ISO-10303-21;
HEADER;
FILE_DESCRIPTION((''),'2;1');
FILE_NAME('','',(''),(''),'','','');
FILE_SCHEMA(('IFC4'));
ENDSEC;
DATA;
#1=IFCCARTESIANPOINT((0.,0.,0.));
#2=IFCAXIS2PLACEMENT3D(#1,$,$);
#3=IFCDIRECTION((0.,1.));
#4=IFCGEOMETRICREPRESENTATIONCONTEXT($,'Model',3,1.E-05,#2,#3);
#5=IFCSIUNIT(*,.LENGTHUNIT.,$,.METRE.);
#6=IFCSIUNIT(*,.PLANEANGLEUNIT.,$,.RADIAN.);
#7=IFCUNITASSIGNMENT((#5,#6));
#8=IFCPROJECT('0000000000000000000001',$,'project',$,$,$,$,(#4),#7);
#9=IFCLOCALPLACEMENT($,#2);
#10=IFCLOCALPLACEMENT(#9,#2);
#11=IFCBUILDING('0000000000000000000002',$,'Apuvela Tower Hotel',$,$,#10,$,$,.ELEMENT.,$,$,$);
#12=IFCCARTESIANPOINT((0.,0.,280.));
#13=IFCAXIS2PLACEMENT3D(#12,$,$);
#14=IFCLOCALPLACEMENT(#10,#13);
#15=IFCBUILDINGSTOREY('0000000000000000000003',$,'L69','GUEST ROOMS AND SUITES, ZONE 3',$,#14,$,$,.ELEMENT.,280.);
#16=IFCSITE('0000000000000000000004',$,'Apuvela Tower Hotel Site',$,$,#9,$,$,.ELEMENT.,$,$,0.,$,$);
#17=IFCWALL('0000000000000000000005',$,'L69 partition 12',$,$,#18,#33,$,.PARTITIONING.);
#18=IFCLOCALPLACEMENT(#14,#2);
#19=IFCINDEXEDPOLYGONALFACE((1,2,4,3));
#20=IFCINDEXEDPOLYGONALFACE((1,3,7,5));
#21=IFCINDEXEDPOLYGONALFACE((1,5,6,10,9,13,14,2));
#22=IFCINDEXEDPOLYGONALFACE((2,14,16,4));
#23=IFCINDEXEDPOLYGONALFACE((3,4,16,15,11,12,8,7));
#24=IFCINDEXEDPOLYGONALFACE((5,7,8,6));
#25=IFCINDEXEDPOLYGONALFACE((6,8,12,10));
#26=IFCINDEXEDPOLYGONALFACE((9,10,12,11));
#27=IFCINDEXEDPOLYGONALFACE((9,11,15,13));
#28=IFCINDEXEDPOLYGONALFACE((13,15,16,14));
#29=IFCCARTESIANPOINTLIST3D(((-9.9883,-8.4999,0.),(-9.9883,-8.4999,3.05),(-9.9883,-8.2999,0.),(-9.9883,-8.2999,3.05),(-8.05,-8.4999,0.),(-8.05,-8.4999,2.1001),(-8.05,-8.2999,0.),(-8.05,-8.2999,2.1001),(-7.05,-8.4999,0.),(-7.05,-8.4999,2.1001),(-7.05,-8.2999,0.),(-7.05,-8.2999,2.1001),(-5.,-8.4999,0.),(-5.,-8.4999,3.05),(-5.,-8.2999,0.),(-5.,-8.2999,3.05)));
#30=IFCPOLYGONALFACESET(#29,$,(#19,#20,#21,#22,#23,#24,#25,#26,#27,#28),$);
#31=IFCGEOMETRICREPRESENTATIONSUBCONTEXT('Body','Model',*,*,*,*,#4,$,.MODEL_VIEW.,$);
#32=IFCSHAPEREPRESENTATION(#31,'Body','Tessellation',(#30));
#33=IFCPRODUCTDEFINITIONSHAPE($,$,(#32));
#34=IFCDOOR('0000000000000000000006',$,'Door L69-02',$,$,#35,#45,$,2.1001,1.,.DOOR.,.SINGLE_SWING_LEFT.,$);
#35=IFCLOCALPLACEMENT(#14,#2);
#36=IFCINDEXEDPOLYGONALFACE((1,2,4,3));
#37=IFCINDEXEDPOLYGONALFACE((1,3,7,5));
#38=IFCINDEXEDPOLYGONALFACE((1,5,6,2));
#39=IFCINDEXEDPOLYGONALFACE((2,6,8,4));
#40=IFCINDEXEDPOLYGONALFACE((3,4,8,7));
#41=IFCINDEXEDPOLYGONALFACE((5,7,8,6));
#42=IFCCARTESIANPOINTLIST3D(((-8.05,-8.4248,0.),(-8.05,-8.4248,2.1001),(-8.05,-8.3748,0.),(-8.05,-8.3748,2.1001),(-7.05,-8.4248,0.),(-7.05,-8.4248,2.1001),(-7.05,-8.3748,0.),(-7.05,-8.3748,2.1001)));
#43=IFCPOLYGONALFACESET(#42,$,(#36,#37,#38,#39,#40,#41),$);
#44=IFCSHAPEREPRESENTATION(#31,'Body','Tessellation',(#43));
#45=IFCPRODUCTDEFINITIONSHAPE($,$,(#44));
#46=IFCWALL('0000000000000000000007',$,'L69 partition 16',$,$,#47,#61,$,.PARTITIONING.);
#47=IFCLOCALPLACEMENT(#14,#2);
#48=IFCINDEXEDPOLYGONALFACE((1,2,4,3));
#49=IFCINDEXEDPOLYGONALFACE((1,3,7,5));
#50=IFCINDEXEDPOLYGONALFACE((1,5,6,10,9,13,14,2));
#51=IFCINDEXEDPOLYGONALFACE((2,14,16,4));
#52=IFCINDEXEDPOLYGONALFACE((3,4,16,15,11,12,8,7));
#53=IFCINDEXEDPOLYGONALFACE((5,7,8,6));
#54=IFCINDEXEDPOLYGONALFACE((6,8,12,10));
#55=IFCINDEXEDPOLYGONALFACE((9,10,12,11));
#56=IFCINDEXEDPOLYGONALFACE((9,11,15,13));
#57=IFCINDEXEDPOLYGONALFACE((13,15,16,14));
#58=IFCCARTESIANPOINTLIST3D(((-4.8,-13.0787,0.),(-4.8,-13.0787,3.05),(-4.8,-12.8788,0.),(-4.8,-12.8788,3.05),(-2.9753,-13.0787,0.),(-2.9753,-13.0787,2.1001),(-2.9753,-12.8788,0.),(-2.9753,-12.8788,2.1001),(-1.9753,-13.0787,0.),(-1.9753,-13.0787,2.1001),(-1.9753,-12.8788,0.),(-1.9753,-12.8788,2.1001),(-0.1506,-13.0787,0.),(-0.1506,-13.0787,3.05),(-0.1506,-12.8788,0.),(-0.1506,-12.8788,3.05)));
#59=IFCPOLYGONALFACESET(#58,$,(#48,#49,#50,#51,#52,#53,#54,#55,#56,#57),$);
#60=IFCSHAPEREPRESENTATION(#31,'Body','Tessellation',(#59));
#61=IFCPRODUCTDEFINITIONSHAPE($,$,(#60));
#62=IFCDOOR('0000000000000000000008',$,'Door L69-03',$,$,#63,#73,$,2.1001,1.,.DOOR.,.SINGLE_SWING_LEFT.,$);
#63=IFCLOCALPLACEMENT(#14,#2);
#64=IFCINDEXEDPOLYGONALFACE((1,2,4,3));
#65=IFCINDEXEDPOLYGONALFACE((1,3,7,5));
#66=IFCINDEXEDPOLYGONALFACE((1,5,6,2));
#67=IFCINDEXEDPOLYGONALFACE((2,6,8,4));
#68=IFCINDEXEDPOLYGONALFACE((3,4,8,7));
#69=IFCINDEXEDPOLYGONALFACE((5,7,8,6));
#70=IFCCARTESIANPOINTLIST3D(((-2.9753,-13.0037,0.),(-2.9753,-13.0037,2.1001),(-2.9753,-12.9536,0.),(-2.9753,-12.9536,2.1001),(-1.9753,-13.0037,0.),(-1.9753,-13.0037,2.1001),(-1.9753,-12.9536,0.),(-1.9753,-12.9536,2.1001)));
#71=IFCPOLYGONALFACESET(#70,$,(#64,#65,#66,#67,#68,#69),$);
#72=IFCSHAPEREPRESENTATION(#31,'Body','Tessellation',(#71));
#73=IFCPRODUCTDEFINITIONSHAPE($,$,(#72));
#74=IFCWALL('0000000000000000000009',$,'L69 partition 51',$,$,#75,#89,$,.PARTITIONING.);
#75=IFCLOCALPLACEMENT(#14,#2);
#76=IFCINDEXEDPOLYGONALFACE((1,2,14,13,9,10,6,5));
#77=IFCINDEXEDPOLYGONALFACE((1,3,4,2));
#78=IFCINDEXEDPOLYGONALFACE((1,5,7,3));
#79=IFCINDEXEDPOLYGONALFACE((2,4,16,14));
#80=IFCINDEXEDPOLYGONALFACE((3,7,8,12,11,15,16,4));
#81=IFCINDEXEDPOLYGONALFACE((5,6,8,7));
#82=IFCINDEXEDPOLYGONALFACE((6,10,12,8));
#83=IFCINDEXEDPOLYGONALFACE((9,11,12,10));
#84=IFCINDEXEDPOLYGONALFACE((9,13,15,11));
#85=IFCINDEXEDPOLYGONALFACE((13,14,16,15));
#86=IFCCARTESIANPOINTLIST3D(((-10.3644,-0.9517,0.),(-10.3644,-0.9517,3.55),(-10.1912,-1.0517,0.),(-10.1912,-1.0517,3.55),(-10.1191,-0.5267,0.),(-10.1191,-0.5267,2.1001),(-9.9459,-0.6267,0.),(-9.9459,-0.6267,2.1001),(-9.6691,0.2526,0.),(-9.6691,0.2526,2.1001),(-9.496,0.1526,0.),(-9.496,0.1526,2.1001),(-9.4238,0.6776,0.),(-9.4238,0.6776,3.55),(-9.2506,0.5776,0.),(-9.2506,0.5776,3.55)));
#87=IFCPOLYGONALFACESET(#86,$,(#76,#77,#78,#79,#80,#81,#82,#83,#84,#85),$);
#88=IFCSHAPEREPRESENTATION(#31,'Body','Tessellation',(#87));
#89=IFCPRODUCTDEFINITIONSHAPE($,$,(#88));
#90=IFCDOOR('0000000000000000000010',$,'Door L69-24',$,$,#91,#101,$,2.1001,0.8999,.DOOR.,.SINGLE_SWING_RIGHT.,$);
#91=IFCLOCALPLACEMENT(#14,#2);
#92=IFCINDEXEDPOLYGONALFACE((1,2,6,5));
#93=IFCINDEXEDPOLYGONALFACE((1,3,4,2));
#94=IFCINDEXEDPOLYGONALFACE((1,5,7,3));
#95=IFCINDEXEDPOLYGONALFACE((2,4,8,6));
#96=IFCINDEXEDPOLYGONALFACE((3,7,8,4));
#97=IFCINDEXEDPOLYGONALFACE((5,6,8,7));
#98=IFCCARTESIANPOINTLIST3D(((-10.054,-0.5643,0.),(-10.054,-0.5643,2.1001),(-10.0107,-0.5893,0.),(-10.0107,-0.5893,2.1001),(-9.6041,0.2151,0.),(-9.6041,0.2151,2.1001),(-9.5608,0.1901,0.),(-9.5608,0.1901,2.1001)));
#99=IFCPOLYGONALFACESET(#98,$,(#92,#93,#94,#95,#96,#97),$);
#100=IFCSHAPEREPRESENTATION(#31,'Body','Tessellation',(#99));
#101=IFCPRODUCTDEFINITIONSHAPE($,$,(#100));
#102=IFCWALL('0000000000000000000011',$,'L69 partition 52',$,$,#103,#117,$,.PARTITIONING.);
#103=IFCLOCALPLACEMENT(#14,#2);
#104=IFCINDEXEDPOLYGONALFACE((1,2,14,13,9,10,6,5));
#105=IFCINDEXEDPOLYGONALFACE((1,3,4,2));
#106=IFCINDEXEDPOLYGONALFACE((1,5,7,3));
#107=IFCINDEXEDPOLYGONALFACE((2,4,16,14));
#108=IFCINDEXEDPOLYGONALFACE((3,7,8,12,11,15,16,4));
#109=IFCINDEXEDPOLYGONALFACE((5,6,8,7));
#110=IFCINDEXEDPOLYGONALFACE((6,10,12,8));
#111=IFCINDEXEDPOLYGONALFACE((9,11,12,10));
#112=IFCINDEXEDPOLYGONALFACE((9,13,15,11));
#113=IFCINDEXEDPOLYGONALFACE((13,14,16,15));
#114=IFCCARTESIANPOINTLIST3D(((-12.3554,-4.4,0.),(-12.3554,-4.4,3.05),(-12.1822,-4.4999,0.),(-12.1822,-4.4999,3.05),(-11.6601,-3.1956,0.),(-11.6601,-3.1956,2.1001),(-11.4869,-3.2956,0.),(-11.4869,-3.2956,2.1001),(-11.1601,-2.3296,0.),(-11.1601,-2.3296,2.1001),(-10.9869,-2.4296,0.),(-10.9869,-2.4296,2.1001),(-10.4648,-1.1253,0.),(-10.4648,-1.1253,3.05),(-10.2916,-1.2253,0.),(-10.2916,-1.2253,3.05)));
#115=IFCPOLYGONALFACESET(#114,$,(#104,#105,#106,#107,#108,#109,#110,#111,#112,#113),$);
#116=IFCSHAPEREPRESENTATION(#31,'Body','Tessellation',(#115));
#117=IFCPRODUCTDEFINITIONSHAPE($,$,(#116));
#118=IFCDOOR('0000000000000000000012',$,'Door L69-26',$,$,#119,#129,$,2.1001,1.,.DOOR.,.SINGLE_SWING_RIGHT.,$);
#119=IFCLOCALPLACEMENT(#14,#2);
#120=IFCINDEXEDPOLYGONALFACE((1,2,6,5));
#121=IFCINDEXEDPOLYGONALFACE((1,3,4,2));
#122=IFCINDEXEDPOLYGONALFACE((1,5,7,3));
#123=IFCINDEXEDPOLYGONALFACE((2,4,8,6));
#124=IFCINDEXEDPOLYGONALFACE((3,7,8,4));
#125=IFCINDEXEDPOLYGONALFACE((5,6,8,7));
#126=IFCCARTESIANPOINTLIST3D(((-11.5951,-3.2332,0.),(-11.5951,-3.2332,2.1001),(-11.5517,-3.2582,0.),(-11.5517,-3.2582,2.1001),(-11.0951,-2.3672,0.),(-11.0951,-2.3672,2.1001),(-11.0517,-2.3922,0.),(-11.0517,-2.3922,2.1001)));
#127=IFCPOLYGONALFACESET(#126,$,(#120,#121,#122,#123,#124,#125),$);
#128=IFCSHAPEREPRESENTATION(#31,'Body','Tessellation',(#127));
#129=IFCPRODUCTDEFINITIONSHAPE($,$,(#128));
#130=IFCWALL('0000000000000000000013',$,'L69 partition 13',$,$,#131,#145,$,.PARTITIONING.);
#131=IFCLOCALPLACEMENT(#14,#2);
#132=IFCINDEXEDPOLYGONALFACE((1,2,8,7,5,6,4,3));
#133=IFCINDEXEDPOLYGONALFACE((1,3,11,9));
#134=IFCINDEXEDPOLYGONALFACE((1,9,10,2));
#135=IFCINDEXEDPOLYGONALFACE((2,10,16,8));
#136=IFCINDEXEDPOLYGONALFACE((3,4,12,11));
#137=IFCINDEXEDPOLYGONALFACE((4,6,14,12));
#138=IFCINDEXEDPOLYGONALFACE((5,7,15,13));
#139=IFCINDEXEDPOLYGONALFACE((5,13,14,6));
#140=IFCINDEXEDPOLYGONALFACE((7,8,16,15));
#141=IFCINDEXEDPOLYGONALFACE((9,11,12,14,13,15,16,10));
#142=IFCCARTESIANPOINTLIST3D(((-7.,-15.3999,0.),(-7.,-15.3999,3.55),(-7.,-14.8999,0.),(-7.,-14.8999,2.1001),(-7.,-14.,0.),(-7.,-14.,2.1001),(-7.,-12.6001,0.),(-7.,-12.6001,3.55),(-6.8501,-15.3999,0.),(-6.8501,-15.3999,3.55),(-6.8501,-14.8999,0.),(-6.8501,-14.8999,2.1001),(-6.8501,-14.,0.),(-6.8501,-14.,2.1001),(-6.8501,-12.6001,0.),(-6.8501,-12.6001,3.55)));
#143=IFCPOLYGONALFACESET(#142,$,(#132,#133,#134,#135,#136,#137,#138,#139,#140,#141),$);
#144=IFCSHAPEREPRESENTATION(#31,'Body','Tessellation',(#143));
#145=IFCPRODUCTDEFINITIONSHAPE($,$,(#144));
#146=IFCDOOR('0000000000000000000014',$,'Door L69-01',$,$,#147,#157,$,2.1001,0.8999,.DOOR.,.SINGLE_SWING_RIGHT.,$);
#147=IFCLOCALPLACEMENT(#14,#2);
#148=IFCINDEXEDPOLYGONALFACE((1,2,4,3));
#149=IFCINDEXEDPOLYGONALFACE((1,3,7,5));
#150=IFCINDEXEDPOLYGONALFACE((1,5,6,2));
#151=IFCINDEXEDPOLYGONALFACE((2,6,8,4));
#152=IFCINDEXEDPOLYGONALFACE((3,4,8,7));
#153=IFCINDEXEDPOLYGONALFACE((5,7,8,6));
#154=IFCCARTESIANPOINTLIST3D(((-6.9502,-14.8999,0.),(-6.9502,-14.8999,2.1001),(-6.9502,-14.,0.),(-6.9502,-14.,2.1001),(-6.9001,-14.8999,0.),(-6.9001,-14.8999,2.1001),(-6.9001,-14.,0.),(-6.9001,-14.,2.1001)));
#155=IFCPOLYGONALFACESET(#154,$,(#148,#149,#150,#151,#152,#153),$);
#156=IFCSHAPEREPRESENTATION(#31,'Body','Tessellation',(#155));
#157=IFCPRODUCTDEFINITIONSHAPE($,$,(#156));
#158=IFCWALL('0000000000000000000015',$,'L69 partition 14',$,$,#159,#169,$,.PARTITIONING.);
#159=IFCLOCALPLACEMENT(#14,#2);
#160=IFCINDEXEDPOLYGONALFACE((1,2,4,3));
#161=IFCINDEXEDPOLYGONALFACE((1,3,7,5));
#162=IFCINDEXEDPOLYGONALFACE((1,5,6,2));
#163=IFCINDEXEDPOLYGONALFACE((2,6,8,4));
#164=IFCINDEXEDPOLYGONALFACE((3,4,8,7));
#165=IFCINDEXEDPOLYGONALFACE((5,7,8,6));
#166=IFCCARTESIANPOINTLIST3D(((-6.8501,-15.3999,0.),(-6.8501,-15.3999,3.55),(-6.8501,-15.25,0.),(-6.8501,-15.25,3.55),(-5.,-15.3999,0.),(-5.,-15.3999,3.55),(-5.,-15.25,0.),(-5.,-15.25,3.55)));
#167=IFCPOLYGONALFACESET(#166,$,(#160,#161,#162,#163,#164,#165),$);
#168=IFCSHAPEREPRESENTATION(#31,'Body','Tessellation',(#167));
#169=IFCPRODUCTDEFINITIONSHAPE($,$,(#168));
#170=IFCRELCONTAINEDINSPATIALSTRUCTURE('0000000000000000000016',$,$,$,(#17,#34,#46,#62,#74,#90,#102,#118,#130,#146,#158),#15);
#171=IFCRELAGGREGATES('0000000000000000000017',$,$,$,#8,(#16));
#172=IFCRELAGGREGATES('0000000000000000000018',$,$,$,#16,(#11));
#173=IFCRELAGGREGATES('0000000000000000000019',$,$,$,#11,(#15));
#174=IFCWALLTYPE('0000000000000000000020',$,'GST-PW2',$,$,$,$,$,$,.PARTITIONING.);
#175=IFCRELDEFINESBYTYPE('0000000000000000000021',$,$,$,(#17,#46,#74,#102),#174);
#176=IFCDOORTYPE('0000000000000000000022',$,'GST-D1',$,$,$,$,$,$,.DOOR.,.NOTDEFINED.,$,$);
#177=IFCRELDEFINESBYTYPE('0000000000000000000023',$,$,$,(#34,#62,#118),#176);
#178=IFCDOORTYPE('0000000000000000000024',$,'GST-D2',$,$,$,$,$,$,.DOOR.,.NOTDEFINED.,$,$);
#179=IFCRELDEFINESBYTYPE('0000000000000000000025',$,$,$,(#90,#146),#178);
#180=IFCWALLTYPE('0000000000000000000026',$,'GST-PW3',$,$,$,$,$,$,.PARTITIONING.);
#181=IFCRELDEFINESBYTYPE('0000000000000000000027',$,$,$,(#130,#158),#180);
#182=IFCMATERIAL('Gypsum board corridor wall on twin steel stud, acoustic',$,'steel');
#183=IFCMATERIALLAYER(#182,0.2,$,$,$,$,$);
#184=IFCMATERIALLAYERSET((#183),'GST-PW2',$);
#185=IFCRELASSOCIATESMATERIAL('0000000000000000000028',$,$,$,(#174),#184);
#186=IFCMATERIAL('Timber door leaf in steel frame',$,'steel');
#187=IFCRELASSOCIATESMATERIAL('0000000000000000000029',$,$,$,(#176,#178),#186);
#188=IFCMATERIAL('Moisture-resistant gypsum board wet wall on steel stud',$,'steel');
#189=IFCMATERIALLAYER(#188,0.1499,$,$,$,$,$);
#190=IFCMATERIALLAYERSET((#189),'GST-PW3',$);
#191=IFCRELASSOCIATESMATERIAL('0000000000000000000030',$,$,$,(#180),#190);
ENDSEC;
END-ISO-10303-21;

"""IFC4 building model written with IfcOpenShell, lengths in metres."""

from ifc_helpers import new_model, si_unit, direction, frame, frame_2d, origin, place, context, subcontext, project, spatial, rectangle, extrude, material, layer, layer_set, type_object, element, fill, save


model = new_model("IFC4")

# Units and contexts
model_context = context("Model", 3, precision=1e-05, world=origin(), true_north=direction((0.0, 1.0)))
body_context = subcontext(model_context, "Body", "Model", "MODEL_VIEW")
ifc_project = project(units=[si_unit("LENGTHUNIT", "METRE"), si_unit("PLANEANGLEUNIT", "RADIAN")], contexts=[model_context])

# Site, building, storey
site_placement = place(None, origin())
site = spatial("IfcSite", under=ifc_project, at=site_placement, Name="Apuvela Tower Hotel Site", CompositionType="ELEMENT", RefElevation=0.0)
building_placement = place(site_placement, origin())
building = spatial("IfcBuilding", under=site, at=building_placement, Name="Apuvela Tower Hotel", CompositionType="ELEMENT")
storey_placement = place(building_placement, frame((0.0, 0.0, 280.0)))
storey = spatial("IfcBuildingStorey", under=building, at=storey_placement, Name="L69", Description="GUEST ROOMS AND SUITES, ZONE 3", CompositionType="ELEMENT", Elevation=280.0)

# Walls, openings, doors
ifc_material_1 = material(Name="Gypsum board corridor wall on twin steel stud, acoustic", Category="steel")
ifc_layer_1 = layer(ifc_material_1, 0.2)
ifc_layer_set_1 = layer_set([ifc_layer_1], Name="GST-PW2")
wall_type_1 = type_object("IfcWallType", Name="GST-PW2", PredefinedType="PARTITIONING", material=ifc_layer_set_1)
wall_1_placement = place(storey_placement, frame((-5.0, -8.3999, 0.0), z_axis=(0.0, 0.0, 1.0), x_axis=(-1.0, 0.0, 0.0)))
wall_1 = element("IfcWall", 1, at=wall_1_placement, inside=storey, type_object=wall_type_1, Name="L69 partition 12", PredefinedType="PARTITIONING", context=body_context, shape_type="SweptSolid", body=[
    extrude(rectangle(XDim=4.9883, YDim=0.2, at=frame_2d((2.4941, 0.0))), origin(), (0.0, 0.0, 1.0), 3.05),
])
opening_1_placement = place(wall_1_placement, frame((2.05, 0.0, 0.0)))
opening_1 = element("IfcOpeningElement", 2, at=opening_1_placement, cuts=wall_1, PredefinedType="OPENING", context=body_context, shape_type="SweptSolid", body=[
    extrude(rectangle(XDim=1.0, YDim=2.1001, at=frame_2d((0.5, 1.05))), frame((0.0, 0.1099, 0.0), z_axis=(0.0, -1.0, 0.0), x_axis=(1.0, 0.0, 0.0)), (0.0, 0.0, 1.0), 0.22),
])
ifc_material_2 = material(Name="Timber door leaf in steel frame", Category="steel")
door_type_1 = type_object("IfcDoorType", Name="GST-D1", OperationType="NOTDEFINED", PredefinedType="DOOR", material=ifc_material_2)
door_1_placement = place(opening_1_placement, origin())
door_1 = element("IfcDoor", 3, at=door_1_placement, inside=storey, type_object=door_type_1, Name="Door L69-02", OperationType="SINGLE_SWING_LEFT", OverallHeight=2.1001, OverallWidth=1.0, PredefinedType="DOOR", context=body_context, shape_type="SweptSolid", body=[
    extrude(rectangle(XDim=1.0, YDim=2.1001, at=frame_2d((0.5, 1.05))), frame((0.0, 0.0249, 0.0), z_axis=(0.0, -1.0, 0.0), x_axis=(1.0, 0.0, 0.0)), (0.0, 0.0, 1.0), 0.05),
])
fill(opening_1, door_1)
wall_2_placement = place(storey_placement, frame((-0.1506, -12.9788, 0.0), z_axis=(0.0, 0.0, 1.0), x_axis=(-1.0, 0.0, 0.0)))
wall_2 = element("IfcWall", 4, at=wall_2_placement, inside=storey, type_object=wall_type_1, Name="L69 partition 16", PredefinedType="PARTITIONING", context=body_context, shape_type="SweptSolid", body=[
    extrude(rectangle(XDim=4.6494, YDim=0.2, at=frame_2d((2.3247, 0.0))), origin(), (0.0, 0.0, 1.0), 3.05),
])
opening_2_placement = place(wall_2_placement, frame((1.8247, 0.0, 0.0)))
opening_2 = element("IfcOpeningElement", 5, at=opening_2_placement, cuts=wall_2, PredefinedType="OPENING", context=body_context, shape_type="SweptSolid", body=[
    extrude(rectangle(XDim=1.0, YDim=2.1001, at=frame_2d((0.5, 1.05))), frame((0.0, 0.1099, 0.0), z_axis=(0.0, -1.0, 0.0), x_axis=(1.0, 0.0, 0.0)), (0.0, 0.0, 1.0), 0.22),
])
door_2_placement = place(opening_2_placement, origin())
door_2 = element("IfcDoor", 6, at=door_2_placement, inside=storey, type_object=door_type_1, Name="Door L69-03", OperationType="SINGLE_SWING_LEFT", OverallHeight=2.1001, OverallWidth=1.0, PredefinedType="DOOR", context=body_context, shape_type="SweptSolid", body=[
    extrude(rectangle(XDim=1.0, YDim=2.1001, at=frame_2d((0.5, 1.05))), frame((0.0, 0.0249, 0.0), z_axis=(0.0, -1.0, 0.0), x_axis=(1.0, 0.0, 0.0)), (0.0, 0.0, 1.0), 0.05),
])
fill(opening_2, door_2)
wall_3_placement = place(storey_placement, frame((-10.2778, -1.0017, 0.0), z_axis=(0.0, 0.0, 1.0), x_axis=(0.499977, 0.866039, 0.0)))
wall_3 = element("IfcWall", 7, at=wall_3_placement, inside=storey, type_object=wall_type_1, Name="L69 partition 51", PredefinedType="PARTITIONING", context=body_context, shape_type="SweptSolid", body=[
    extrude(rectangle(XDim=1.8813, YDim=0.2, at=frame_2d((0.9407, 0.0))), origin(), (0.0, 0.0, 1.0), 3.55),
])
opening_3_placement = place(wall_3_placement, frame((0.4907, 0.0, 0.0)))
opening_3 = element("IfcOpeningElement", 8, at=opening_3_placement, cuts=wall_3, PredefinedType="OPENING", context=body_context, shape_type="SweptSolid", body=[
    extrude(rectangle(XDim=0.8999, YDim=2.1001, at=frame_2d((0.45, 1.05))), frame((0.0, 0.1099, 0.0), z_axis=(0.0, -1.0, 0.0), x_axis=(1.0, 0.0, 0.0)), (0.0, 0.0, 1.0), 0.22),
])
door_type_2 = type_object("IfcDoorType", Name="GST-D2", OperationType="NOTDEFINED", PredefinedType="DOOR", material=ifc_material_2)
door_3_placement = place(opening_3_placement, origin())
door_3 = element("IfcDoor", 9, at=door_3_placement, inside=storey, type_object=door_type_2, Name="Door L69-24", OperationType="SINGLE_SWING_RIGHT", OverallHeight=2.1001, OverallWidth=0.8999, PredefinedType="DOOR", context=body_context, shape_type="SweptSolid", body=[
    extrude(rectangle(XDim=0.8999, YDim=2.1001, at=frame_2d((0.45, 1.05))), frame((0.0, 0.0249, 0.0), z_axis=(0.0, -1.0, 0.0), x_axis=(1.0, 0.0, 0.0)), (0.0, 0.0, 1.0), 0.05),
])
fill(opening_3, door_3)
wall_4_placement = place(storey_placement, frame((-12.2688, -4.45, 0.0), z_axis=(0.0, 0.0, 1.0), x_axis=(0.5, 0.866025, 0.0)))
wall_4 = element("IfcWall", 10, at=wall_4_placement, inside=storey, type_object=wall_type_1, Name="L69 partition 52", PredefinedType="PARTITIONING", context=body_context, shape_type="SweptSolid", body=[
    extrude(rectangle(XDim=3.7812, YDim=0.2, at=frame_2d((1.8906, 0.0))), origin(), (0.0, 0.0, 1.0), 3.05),
])
opening_4_placement = place(wall_4_placement, frame((1.3906, 0.0, 0.0)))
opening_4 = element("IfcOpeningElement", 11, at=opening_4_placement, cuts=wall_4, PredefinedType="OPENING", context=body_context, shape_type="SweptSolid", body=[
    extrude(rectangle(XDim=1.0, YDim=2.1001, at=frame_2d((0.5, 1.05))), frame((0.0, 0.1099, 0.0), z_axis=(0.0, -1.0, 0.0), x_axis=(1.0, 0.0, 0.0)), (0.0, 0.0, 1.0), 0.22),
])
door_4_placement = place(opening_4_placement, origin())
door_4 = element("IfcDoor", 12, at=door_4_placement, inside=storey, type_object=door_type_1, Name="Door L69-26", OperationType="SINGLE_SWING_RIGHT", OverallHeight=2.1001, OverallWidth=1.0, PredefinedType="DOOR", context=body_context, shape_type="SweptSolid", body=[
    extrude(rectangle(XDim=1.0, YDim=2.1001, at=frame_2d((0.5, 1.05))), frame((0.0, 0.0249, 0.0), z_axis=(0.0, -1.0, 0.0), x_axis=(1.0, 0.0, 0.0)), (0.0, 0.0, 1.0), 0.05),
])
fill(opening_4, door_4)
ifc_material_3 = material(Name="Moisture-resistant gypsum board wet wall on steel stud", Category="steel")
ifc_layer_2 = layer(ifc_material_3, 0.1499)
ifc_layer_set_2 = layer_set([ifc_layer_2], Name="GST-PW3")
wall_type_2 = type_object("IfcWallType", Name="GST-PW3", PredefinedType="PARTITIONING", material=ifc_layer_set_2)
wall_5_placement = place(storey_placement, frame((-6.925, -12.6001, 0.0), z_axis=(0.0, 0.0, 1.0), x_axis=(0.0, -1.0, 0.0)))
wall_5 = element("IfcWall", 13, at=wall_5_placement, inside=storey, type_object=wall_type_2, Name="L69 partition 13", PredefinedType="PARTITIONING", context=body_context, shape_type="SweptSolid", body=[
    extrude(rectangle(XDim=2.7998, YDim=0.1499, at=frame_2d((1.3999, 0.0))), origin(), (0.0, 0.0, 1.0), 3.55),
])
opening_5_placement = place(wall_5_placement, frame((1.3999, 0.0, 0.0)))
opening_5 = element("IfcOpeningElement", 14, at=opening_5_placement, cuts=wall_5, PredefinedType="OPENING", context=body_context, shape_type="SweptSolid", body=[
    extrude(rectangle(XDim=0.8999, YDim=2.1001, at=frame_2d((0.45, 1.05))), frame((0.0, 0.085, 0.0), z_axis=(0.0, -1.0, 0.0), x_axis=(1.0, 0.0, 0.0)), (0.0, 0.0, 1.0), 0.1699),
])
door_5_placement = place(opening_5_placement, origin())
door_5 = element("IfcDoor", 15, at=door_5_placement, inside=storey, type_object=door_type_2, Name="Door L69-01", OperationType="SINGLE_SWING_RIGHT", OverallHeight=2.1001, OverallWidth=0.8999, PredefinedType="DOOR", context=body_context, shape_type="SweptSolid", body=[
    extrude(rectangle(XDim=0.8999, YDim=2.1001, at=frame_2d((0.45, 1.05))), frame((0.0, 0.0249, 0.0), z_axis=(0.0, -1.0, 0.0), x_axis=(1.0, 0.0, 0.0)), (0.0, 0.0, 1.0), 0.05),
])
fill(opening_5, door_5)

# Wall
for number, where, z_axis, x_axis, name in (
    (16, (-6.8501, -15.325, 0.0), (0.0, 0.0, 1.0), (1.0, 0.0, 0.0), "L69 partition 14"),
):
    element("IfcWall", number, at=place(storey_placement, frame(where, z_axis=z_axis, x_axis=x_axis)), inside=storey, type_object=wall_type_2, Name=name, PredefinedType="PARTITIONING", context=body_context, shape_type="SweptSolid", body=[
        extrude(rectangle(XDim=1.8501, YDim=0.1499, at=frame_2d((0.925, 0.0))), origin(), (0.0, 0.0, 1.0), 3.55),
    ])

save(model, "model.ifc")
